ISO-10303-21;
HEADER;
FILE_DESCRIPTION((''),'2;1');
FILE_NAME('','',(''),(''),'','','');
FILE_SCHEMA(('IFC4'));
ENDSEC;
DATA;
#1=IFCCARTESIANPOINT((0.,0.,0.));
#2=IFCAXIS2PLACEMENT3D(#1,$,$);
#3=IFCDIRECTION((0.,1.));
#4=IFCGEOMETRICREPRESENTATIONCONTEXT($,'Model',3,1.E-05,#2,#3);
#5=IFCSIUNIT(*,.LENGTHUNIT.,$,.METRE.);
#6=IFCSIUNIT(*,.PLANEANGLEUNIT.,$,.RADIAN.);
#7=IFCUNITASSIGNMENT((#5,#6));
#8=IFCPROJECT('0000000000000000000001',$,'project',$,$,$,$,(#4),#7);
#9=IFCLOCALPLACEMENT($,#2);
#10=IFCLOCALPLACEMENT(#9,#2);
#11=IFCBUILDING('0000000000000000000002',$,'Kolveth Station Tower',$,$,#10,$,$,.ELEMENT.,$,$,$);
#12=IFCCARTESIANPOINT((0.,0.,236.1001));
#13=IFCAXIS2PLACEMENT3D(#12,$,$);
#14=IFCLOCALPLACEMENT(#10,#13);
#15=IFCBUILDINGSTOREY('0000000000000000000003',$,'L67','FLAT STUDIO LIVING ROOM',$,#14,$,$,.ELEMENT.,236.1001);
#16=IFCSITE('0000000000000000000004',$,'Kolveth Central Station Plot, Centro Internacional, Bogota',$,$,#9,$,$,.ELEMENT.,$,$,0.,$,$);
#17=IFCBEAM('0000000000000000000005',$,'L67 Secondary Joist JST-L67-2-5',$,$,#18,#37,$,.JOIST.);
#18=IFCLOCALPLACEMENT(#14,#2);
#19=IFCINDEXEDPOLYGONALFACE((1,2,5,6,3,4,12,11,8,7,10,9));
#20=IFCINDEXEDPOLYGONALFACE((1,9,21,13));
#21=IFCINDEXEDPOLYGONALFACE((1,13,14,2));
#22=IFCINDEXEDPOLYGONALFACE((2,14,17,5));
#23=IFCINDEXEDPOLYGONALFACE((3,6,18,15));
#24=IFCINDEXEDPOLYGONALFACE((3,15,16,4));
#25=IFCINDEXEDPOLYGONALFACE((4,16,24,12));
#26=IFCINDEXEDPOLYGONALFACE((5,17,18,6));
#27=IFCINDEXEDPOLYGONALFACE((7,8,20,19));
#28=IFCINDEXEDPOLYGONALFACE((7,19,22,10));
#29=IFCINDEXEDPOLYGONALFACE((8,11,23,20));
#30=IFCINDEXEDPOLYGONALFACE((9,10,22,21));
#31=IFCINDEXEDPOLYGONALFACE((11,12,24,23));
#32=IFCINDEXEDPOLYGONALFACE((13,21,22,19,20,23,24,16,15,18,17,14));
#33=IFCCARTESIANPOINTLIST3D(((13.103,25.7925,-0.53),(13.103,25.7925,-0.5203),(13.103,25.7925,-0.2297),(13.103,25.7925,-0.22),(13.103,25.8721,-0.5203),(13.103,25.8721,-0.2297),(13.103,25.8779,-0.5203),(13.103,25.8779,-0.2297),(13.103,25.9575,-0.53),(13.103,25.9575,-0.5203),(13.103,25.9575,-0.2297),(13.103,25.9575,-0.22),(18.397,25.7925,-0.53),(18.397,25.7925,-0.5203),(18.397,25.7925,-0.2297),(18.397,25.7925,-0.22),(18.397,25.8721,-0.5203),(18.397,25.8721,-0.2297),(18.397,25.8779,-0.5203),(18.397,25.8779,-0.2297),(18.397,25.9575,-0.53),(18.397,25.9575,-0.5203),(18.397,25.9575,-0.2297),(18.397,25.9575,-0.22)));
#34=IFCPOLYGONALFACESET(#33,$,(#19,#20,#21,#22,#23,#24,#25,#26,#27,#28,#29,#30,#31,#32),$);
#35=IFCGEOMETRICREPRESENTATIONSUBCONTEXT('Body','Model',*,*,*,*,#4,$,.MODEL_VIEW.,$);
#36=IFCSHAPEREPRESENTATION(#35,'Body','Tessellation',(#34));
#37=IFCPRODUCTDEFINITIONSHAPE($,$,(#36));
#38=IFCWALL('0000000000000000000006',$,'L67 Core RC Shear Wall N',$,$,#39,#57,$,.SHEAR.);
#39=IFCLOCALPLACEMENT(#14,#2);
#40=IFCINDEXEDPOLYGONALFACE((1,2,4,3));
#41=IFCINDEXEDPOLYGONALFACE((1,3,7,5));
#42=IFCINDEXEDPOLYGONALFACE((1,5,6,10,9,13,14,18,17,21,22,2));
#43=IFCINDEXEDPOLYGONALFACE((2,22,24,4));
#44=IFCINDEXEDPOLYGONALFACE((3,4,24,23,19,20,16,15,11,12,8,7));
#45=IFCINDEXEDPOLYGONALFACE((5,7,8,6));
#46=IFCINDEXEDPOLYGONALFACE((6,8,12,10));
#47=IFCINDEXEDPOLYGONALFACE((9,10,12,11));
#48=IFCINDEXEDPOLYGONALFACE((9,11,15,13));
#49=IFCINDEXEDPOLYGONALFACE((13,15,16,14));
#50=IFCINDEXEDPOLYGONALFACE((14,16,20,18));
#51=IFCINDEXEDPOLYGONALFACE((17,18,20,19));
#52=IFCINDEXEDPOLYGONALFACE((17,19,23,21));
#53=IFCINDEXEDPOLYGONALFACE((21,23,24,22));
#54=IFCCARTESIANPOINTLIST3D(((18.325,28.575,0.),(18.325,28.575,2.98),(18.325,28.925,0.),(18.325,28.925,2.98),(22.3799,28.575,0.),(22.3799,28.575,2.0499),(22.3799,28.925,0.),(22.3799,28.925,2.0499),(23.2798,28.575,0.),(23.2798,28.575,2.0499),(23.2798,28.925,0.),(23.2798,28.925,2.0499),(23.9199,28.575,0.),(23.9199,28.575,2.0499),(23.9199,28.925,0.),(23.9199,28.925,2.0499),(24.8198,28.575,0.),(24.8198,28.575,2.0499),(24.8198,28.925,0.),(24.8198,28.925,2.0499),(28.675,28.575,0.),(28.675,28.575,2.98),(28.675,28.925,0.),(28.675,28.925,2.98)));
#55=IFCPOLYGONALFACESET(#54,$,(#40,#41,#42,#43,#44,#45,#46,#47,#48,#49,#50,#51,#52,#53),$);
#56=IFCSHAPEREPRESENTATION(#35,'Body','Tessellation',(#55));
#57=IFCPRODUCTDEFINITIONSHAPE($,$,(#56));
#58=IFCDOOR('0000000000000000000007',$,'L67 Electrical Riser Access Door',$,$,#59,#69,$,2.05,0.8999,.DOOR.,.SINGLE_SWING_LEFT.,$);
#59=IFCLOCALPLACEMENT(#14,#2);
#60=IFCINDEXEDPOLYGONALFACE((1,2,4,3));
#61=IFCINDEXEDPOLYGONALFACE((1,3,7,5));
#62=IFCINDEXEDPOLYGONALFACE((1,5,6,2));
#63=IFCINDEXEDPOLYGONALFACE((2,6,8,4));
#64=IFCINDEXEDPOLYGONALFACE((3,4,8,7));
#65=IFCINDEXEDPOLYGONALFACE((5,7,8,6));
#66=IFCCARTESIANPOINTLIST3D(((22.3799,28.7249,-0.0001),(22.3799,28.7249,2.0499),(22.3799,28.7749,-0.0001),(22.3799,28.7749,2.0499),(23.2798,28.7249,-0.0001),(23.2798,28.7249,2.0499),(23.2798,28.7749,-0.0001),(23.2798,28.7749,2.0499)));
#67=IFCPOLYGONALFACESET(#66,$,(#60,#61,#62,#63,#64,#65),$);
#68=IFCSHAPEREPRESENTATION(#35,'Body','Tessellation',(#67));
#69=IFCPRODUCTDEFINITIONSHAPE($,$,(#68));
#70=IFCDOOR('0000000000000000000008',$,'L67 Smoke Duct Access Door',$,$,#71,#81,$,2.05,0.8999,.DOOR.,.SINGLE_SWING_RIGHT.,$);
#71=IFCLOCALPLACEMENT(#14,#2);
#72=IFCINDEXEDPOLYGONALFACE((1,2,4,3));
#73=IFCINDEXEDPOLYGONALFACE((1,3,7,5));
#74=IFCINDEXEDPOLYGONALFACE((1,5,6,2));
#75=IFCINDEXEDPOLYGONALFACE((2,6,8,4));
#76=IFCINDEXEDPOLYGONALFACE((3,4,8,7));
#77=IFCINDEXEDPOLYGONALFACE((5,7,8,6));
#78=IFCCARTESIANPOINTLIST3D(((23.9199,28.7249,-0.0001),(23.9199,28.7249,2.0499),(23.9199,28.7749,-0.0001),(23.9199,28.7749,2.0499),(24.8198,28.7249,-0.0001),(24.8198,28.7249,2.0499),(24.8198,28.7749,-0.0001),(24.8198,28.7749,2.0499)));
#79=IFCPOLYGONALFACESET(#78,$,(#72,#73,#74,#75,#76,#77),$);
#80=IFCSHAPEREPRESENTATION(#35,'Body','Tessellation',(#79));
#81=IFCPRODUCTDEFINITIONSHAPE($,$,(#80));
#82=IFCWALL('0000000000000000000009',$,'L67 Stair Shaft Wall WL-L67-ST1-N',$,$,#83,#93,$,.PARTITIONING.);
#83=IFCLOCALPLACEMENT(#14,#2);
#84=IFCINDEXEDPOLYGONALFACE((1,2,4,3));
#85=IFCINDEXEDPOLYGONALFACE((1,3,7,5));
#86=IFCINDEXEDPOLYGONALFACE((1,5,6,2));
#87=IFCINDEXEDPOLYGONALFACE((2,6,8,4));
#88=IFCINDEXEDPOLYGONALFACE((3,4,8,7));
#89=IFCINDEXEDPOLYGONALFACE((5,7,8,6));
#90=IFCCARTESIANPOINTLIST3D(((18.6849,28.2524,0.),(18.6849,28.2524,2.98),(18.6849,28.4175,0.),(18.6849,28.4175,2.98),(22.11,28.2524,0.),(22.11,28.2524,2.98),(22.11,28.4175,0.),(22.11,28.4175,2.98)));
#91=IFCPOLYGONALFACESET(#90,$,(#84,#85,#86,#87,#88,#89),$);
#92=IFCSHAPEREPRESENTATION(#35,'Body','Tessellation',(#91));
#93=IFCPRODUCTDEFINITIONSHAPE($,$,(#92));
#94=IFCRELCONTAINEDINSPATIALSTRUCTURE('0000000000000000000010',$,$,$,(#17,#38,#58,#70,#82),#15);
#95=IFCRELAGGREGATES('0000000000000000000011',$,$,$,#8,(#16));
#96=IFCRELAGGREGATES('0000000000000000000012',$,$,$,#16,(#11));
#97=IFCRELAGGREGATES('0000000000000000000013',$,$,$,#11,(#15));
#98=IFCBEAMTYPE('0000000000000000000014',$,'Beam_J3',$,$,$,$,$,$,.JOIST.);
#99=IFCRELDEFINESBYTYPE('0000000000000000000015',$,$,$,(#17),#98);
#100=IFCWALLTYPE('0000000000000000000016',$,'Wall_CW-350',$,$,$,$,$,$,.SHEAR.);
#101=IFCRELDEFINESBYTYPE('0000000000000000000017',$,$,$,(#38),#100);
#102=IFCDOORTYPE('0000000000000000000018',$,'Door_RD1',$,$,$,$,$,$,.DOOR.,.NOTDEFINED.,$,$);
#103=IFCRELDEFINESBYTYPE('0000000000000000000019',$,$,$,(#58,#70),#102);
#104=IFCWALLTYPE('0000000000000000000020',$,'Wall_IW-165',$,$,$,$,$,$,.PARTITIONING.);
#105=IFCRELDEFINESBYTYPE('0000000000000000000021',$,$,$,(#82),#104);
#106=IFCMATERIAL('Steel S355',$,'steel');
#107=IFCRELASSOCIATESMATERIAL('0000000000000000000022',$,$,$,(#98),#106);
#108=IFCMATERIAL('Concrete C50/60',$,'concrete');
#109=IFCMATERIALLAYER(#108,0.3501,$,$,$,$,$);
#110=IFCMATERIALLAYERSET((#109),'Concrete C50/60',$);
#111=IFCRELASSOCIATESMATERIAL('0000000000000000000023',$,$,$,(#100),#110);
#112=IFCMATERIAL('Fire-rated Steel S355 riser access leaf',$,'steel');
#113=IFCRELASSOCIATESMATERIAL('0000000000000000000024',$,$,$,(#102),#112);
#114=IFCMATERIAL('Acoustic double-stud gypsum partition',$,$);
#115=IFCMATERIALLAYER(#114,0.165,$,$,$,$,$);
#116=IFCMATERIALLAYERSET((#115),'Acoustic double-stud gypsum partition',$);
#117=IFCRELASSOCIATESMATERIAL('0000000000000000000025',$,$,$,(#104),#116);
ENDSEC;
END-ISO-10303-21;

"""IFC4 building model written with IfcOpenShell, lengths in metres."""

from ifc_helpers import new_model, si_unit, direction, frame, frame_2d, origin, origin_2d, place, context, subcontext, project, spatial, rectangle, i_section, extrude, source, transform, mapped, material, layer, layer_set, material_profile, profile_set, type_object, element, fill, save


model = new_model("IFC4")

# Units and contexts
model_context = context("Model", 3, precision=1e-05, world=origin(), true_north=direction((0.0, 1.0)))
body_context = subcontext(model_context, "Body", "Model", "MODEL_VIEW")
ifc_project = project(units=[si_unit("LENGTHUNIT", "METRE"), si_unit("PLANEANGLEUNIT", "RADIAN")], contexts=[model_context])

# Site, building, storey
site_placement = place(None, origin())
site = spatial("IfcSite", under=ifc_project, at=site_placement, Name="Kolveth Central Station Plot, Centro Internacional, Bogota", CompositionType="ELEMENT", RefElevation=0.0)
building_placement = place(site_placement, origin())
building = spatial("IfcBuilding", under=site, at=building_placement, Name="Kolveth Station Tower", CompositionType="ELEMENT")
storey_placement = place(building_placement, frame((0.0, 0.0, 236.1001)))
storey = spatial("IfcBuildingStorey", under=building, at=storey_placement, Name="L67", Description="FLAT STUDIO LIVING ROOM", CompositionType="ELEMENT", Elevation=236.1001)

# Shared definitions
ifc_material_1 = material(Name="Steel S355", Category="steel")

# Beam
ifc_material_profile_1 = material_profile(ifc_material_1, i_section(OverallWidth=0.165, OverallDepth=0.3101, WebThickness=0.0059, FlangeThickness=0.0098, at=origin_2d()), Name="W310x39")
ifc_profile_set_1 = profile_set([ifc_material_profile_1], Name="Steel S355")
beam_type_1 = type_object("IfcBeamType", Name="Beam_J3", PredefinedType="JOIST", material=ifc_profile_set_1)
shared_shape_1 = source(origin(), body_context, "Body", "SweptSolid", [
    extrude(i_section(OverallWidth=0.165, OverallDepth=0.3101, WebThickness=0.0059, FlangeThickness=0.0098, at=origin_2d()), origin(), (0.0, 0.0, 1.0), 5.2939),
])
for number, where, z_axis, x_axis, name in (
    (1, (13.103, 25.875, -0.375), (1.0, 0.0, 0.0), (0.0, 1.0, 0.0), "L67 Secondary Joist JST-L67-2-5"),
):
    element("IfcBeam", number, at=place(storey_placement, frame(where, z_axis=z_axis, x_axis=x_axis)), inside=storey, type_object=beam_type_1, Name=name, PredefinedType="JOIST", context=body_context, shape_type="MappedRepresentation", body=[
        mapped(shared_shape_1, transform((0.0, 0.0, 0.0), x_axis=(1.0, 0.0, 0.0), y_axis=(0.0, 1.0, 0.0), z_axis=(0.0, 0.0, 1.0), scale=1.0)),
    ])

# Wall, openings, doors
ifc_material_2 = material(Name="Concrete C50/60", Category="concrete")
ifc_layer_1 = layer(ifc_material_2, 0.3501)
ifc_layer_set_1 = layer_set([ifc_layer_1], Name="Concrete C50/60")
wall_type_1 = type_object("IfcWallType", Name="Wall_CW-350", PredefinedType="SHEAR", material=ifc_layer_set_1)
wall_1_placement = place(storey_placement, frame((18.325, 28.75, 0.0), z_axis=(0.0, 0.0, 1.0), x_axis=(1.0, 0.0, 0.0)))
wall_1 = element("IfcWall", 2, at=wall_1_placement, inside=storey, type_object=wall_type_1, Name="L67 Core RC Shear Wall N", PredefinedType="SHEAR", context=body_context, shape_type="SweptSolid", body=[
    extrude(rectangle(XDim=10.3501, YDim=0.3501, at=frame_2d((5.175, 0.0))), origin(), (0.0, 0.0, 1.0), 2.98),
])
opening_1_placement = place(wall_1_placement, frame((4.0549, 0.0, 0.0)))
opening_1 = element("IfcOpeningElement", 3, at=opening_1_placement, cuts=wall_1, PredefinedType="OPENING", context=body_context, shape_type="SweptSolid", body=[
    extrude(rectangle(XDim=0.8999, YDim=2.05, at=frame_2d((0.45, 1.0249))), frame((0.0, 0.1851, 0.0), z_axis=(0.0, -1.0, 0.0), x_axis=(1.0, 0.0, 0.0)), (0.0, 0.0, 1.0), 0.3701),
])
opening_2_placement = place(wall_1_placement, frame((5.595, 0.0, 0.0)))
opening_2 = element("IfcOpeningElement", 4, at=opening_2_placement, cuts=wall_1, PredefinedType="OPENING", context=body_context, shape_type="SweptSolid", body=[
    extrude(rectangle(XDim=0.8999, YDim=2.05, at=frame_2d((0.45, 1.0249))), frame((0.0, 0.1851, 0.0), z_axis=(0.0, -1.0, 0.0), x_axis=(1.0, 0.0, 0.0)), (0.0, 0.0, 1.0), 0.3701),
])
ifc_material_3 = material(Name="Fire-rated Steel S355 riser access leaf", Category="steel")
door_type_1 = type_object("IfcDoorType", Name="Door_RD1", OperationType="NOTDEFINED", PredefinedType="DOOR", material=ifc_material_3)
door_1_placement = place(opening_1_placement, origin())
door_1 = element("IfcDoor", 5, at=door_1_placement, inside=storey, type_object=door_type_1, Name="L67 Electrical Riser Access Door", OperationType="SINGLE_SWING_LEFT", OverallHeight=2.05, OverallWidth=0.8999, PredefinedType="DOOR", context=body_context, shape_type="SweptSolid", body=[
    extrude(rectangle(XDim=0.8999, YDim=2.05, at=frame_2d((0.45, 1.0249))), frame((0.0, 0.0249, 0.0), z_axis=(0.0, -1.0, 0.0), x_axis=(1.0, 0.0, 0.0)), (0.0, 0.0, 1.0), 0.05),
])
fill(opening_1, door_1)
door_2_placement = place(opening_2_placement, origin())
door_2 = element("IfcDoor", 6, at=door_2_placement, inside=storey, type_object=door_type_1, Name="L67 Smoke Duct Access Door", OperationType="SINGLE_SWING_RIGHT", OverallHeight=2.05, OverallWidth=0.8999, PredefinedType="DOOR", context=body_context, shape_type="SweptSolid", body=[
    extrude(rectangle(XDim=0.8999, YDim=2.05, at=frame_2d((0.45, 1.0249))), frame((0.0, 0.0249, 0.0), z_axis=(0.0, -1.0, 0.0), x_axis=(1.0, 0.0, 0.0)), (0.0, 0.0, 1.0), 0.05),
])
fill(opening_2, door_2)

# Wall
ifc_material_4 = material(Name="Acoustic double-stud gypsum partition")
ifc_layer_2 = layer(ifc_material_4, 0.165)
ifc_layer_set_2 = layer_set([ifc_layer_2], Name="Acoustic double-stud gypsum partition")
wall_type_2 = type_object("IfcWallType", Name="Wall_IW-165", PredefinedType="PARTITIONING", material=ifc_layer_set_2)
wall_2_placement = place(storey_placement, frame((18.6851, 28.335, 0.0), z_axis=(0.0, 0.0, 1.0), x_axis=(1.0, 0.0, 0.0)))
element("IfcWall", 7, at=wall_2_placement, inside=storey, type_object=wall_type_2, Name="L67 Stair Shaft Wall WL-L67-ST1-N", PredefinedType="PARTITIONING", context=body_context, shape_type="SweptSolid", body=[
    extrude(rectangle(XDim=3.425, YDim=0.165, at=frame_2d((1.7124, 0.0))), origin(), (0.0, 0.0, 1.0), 2.98),
])

save(model, "model.ifc")
